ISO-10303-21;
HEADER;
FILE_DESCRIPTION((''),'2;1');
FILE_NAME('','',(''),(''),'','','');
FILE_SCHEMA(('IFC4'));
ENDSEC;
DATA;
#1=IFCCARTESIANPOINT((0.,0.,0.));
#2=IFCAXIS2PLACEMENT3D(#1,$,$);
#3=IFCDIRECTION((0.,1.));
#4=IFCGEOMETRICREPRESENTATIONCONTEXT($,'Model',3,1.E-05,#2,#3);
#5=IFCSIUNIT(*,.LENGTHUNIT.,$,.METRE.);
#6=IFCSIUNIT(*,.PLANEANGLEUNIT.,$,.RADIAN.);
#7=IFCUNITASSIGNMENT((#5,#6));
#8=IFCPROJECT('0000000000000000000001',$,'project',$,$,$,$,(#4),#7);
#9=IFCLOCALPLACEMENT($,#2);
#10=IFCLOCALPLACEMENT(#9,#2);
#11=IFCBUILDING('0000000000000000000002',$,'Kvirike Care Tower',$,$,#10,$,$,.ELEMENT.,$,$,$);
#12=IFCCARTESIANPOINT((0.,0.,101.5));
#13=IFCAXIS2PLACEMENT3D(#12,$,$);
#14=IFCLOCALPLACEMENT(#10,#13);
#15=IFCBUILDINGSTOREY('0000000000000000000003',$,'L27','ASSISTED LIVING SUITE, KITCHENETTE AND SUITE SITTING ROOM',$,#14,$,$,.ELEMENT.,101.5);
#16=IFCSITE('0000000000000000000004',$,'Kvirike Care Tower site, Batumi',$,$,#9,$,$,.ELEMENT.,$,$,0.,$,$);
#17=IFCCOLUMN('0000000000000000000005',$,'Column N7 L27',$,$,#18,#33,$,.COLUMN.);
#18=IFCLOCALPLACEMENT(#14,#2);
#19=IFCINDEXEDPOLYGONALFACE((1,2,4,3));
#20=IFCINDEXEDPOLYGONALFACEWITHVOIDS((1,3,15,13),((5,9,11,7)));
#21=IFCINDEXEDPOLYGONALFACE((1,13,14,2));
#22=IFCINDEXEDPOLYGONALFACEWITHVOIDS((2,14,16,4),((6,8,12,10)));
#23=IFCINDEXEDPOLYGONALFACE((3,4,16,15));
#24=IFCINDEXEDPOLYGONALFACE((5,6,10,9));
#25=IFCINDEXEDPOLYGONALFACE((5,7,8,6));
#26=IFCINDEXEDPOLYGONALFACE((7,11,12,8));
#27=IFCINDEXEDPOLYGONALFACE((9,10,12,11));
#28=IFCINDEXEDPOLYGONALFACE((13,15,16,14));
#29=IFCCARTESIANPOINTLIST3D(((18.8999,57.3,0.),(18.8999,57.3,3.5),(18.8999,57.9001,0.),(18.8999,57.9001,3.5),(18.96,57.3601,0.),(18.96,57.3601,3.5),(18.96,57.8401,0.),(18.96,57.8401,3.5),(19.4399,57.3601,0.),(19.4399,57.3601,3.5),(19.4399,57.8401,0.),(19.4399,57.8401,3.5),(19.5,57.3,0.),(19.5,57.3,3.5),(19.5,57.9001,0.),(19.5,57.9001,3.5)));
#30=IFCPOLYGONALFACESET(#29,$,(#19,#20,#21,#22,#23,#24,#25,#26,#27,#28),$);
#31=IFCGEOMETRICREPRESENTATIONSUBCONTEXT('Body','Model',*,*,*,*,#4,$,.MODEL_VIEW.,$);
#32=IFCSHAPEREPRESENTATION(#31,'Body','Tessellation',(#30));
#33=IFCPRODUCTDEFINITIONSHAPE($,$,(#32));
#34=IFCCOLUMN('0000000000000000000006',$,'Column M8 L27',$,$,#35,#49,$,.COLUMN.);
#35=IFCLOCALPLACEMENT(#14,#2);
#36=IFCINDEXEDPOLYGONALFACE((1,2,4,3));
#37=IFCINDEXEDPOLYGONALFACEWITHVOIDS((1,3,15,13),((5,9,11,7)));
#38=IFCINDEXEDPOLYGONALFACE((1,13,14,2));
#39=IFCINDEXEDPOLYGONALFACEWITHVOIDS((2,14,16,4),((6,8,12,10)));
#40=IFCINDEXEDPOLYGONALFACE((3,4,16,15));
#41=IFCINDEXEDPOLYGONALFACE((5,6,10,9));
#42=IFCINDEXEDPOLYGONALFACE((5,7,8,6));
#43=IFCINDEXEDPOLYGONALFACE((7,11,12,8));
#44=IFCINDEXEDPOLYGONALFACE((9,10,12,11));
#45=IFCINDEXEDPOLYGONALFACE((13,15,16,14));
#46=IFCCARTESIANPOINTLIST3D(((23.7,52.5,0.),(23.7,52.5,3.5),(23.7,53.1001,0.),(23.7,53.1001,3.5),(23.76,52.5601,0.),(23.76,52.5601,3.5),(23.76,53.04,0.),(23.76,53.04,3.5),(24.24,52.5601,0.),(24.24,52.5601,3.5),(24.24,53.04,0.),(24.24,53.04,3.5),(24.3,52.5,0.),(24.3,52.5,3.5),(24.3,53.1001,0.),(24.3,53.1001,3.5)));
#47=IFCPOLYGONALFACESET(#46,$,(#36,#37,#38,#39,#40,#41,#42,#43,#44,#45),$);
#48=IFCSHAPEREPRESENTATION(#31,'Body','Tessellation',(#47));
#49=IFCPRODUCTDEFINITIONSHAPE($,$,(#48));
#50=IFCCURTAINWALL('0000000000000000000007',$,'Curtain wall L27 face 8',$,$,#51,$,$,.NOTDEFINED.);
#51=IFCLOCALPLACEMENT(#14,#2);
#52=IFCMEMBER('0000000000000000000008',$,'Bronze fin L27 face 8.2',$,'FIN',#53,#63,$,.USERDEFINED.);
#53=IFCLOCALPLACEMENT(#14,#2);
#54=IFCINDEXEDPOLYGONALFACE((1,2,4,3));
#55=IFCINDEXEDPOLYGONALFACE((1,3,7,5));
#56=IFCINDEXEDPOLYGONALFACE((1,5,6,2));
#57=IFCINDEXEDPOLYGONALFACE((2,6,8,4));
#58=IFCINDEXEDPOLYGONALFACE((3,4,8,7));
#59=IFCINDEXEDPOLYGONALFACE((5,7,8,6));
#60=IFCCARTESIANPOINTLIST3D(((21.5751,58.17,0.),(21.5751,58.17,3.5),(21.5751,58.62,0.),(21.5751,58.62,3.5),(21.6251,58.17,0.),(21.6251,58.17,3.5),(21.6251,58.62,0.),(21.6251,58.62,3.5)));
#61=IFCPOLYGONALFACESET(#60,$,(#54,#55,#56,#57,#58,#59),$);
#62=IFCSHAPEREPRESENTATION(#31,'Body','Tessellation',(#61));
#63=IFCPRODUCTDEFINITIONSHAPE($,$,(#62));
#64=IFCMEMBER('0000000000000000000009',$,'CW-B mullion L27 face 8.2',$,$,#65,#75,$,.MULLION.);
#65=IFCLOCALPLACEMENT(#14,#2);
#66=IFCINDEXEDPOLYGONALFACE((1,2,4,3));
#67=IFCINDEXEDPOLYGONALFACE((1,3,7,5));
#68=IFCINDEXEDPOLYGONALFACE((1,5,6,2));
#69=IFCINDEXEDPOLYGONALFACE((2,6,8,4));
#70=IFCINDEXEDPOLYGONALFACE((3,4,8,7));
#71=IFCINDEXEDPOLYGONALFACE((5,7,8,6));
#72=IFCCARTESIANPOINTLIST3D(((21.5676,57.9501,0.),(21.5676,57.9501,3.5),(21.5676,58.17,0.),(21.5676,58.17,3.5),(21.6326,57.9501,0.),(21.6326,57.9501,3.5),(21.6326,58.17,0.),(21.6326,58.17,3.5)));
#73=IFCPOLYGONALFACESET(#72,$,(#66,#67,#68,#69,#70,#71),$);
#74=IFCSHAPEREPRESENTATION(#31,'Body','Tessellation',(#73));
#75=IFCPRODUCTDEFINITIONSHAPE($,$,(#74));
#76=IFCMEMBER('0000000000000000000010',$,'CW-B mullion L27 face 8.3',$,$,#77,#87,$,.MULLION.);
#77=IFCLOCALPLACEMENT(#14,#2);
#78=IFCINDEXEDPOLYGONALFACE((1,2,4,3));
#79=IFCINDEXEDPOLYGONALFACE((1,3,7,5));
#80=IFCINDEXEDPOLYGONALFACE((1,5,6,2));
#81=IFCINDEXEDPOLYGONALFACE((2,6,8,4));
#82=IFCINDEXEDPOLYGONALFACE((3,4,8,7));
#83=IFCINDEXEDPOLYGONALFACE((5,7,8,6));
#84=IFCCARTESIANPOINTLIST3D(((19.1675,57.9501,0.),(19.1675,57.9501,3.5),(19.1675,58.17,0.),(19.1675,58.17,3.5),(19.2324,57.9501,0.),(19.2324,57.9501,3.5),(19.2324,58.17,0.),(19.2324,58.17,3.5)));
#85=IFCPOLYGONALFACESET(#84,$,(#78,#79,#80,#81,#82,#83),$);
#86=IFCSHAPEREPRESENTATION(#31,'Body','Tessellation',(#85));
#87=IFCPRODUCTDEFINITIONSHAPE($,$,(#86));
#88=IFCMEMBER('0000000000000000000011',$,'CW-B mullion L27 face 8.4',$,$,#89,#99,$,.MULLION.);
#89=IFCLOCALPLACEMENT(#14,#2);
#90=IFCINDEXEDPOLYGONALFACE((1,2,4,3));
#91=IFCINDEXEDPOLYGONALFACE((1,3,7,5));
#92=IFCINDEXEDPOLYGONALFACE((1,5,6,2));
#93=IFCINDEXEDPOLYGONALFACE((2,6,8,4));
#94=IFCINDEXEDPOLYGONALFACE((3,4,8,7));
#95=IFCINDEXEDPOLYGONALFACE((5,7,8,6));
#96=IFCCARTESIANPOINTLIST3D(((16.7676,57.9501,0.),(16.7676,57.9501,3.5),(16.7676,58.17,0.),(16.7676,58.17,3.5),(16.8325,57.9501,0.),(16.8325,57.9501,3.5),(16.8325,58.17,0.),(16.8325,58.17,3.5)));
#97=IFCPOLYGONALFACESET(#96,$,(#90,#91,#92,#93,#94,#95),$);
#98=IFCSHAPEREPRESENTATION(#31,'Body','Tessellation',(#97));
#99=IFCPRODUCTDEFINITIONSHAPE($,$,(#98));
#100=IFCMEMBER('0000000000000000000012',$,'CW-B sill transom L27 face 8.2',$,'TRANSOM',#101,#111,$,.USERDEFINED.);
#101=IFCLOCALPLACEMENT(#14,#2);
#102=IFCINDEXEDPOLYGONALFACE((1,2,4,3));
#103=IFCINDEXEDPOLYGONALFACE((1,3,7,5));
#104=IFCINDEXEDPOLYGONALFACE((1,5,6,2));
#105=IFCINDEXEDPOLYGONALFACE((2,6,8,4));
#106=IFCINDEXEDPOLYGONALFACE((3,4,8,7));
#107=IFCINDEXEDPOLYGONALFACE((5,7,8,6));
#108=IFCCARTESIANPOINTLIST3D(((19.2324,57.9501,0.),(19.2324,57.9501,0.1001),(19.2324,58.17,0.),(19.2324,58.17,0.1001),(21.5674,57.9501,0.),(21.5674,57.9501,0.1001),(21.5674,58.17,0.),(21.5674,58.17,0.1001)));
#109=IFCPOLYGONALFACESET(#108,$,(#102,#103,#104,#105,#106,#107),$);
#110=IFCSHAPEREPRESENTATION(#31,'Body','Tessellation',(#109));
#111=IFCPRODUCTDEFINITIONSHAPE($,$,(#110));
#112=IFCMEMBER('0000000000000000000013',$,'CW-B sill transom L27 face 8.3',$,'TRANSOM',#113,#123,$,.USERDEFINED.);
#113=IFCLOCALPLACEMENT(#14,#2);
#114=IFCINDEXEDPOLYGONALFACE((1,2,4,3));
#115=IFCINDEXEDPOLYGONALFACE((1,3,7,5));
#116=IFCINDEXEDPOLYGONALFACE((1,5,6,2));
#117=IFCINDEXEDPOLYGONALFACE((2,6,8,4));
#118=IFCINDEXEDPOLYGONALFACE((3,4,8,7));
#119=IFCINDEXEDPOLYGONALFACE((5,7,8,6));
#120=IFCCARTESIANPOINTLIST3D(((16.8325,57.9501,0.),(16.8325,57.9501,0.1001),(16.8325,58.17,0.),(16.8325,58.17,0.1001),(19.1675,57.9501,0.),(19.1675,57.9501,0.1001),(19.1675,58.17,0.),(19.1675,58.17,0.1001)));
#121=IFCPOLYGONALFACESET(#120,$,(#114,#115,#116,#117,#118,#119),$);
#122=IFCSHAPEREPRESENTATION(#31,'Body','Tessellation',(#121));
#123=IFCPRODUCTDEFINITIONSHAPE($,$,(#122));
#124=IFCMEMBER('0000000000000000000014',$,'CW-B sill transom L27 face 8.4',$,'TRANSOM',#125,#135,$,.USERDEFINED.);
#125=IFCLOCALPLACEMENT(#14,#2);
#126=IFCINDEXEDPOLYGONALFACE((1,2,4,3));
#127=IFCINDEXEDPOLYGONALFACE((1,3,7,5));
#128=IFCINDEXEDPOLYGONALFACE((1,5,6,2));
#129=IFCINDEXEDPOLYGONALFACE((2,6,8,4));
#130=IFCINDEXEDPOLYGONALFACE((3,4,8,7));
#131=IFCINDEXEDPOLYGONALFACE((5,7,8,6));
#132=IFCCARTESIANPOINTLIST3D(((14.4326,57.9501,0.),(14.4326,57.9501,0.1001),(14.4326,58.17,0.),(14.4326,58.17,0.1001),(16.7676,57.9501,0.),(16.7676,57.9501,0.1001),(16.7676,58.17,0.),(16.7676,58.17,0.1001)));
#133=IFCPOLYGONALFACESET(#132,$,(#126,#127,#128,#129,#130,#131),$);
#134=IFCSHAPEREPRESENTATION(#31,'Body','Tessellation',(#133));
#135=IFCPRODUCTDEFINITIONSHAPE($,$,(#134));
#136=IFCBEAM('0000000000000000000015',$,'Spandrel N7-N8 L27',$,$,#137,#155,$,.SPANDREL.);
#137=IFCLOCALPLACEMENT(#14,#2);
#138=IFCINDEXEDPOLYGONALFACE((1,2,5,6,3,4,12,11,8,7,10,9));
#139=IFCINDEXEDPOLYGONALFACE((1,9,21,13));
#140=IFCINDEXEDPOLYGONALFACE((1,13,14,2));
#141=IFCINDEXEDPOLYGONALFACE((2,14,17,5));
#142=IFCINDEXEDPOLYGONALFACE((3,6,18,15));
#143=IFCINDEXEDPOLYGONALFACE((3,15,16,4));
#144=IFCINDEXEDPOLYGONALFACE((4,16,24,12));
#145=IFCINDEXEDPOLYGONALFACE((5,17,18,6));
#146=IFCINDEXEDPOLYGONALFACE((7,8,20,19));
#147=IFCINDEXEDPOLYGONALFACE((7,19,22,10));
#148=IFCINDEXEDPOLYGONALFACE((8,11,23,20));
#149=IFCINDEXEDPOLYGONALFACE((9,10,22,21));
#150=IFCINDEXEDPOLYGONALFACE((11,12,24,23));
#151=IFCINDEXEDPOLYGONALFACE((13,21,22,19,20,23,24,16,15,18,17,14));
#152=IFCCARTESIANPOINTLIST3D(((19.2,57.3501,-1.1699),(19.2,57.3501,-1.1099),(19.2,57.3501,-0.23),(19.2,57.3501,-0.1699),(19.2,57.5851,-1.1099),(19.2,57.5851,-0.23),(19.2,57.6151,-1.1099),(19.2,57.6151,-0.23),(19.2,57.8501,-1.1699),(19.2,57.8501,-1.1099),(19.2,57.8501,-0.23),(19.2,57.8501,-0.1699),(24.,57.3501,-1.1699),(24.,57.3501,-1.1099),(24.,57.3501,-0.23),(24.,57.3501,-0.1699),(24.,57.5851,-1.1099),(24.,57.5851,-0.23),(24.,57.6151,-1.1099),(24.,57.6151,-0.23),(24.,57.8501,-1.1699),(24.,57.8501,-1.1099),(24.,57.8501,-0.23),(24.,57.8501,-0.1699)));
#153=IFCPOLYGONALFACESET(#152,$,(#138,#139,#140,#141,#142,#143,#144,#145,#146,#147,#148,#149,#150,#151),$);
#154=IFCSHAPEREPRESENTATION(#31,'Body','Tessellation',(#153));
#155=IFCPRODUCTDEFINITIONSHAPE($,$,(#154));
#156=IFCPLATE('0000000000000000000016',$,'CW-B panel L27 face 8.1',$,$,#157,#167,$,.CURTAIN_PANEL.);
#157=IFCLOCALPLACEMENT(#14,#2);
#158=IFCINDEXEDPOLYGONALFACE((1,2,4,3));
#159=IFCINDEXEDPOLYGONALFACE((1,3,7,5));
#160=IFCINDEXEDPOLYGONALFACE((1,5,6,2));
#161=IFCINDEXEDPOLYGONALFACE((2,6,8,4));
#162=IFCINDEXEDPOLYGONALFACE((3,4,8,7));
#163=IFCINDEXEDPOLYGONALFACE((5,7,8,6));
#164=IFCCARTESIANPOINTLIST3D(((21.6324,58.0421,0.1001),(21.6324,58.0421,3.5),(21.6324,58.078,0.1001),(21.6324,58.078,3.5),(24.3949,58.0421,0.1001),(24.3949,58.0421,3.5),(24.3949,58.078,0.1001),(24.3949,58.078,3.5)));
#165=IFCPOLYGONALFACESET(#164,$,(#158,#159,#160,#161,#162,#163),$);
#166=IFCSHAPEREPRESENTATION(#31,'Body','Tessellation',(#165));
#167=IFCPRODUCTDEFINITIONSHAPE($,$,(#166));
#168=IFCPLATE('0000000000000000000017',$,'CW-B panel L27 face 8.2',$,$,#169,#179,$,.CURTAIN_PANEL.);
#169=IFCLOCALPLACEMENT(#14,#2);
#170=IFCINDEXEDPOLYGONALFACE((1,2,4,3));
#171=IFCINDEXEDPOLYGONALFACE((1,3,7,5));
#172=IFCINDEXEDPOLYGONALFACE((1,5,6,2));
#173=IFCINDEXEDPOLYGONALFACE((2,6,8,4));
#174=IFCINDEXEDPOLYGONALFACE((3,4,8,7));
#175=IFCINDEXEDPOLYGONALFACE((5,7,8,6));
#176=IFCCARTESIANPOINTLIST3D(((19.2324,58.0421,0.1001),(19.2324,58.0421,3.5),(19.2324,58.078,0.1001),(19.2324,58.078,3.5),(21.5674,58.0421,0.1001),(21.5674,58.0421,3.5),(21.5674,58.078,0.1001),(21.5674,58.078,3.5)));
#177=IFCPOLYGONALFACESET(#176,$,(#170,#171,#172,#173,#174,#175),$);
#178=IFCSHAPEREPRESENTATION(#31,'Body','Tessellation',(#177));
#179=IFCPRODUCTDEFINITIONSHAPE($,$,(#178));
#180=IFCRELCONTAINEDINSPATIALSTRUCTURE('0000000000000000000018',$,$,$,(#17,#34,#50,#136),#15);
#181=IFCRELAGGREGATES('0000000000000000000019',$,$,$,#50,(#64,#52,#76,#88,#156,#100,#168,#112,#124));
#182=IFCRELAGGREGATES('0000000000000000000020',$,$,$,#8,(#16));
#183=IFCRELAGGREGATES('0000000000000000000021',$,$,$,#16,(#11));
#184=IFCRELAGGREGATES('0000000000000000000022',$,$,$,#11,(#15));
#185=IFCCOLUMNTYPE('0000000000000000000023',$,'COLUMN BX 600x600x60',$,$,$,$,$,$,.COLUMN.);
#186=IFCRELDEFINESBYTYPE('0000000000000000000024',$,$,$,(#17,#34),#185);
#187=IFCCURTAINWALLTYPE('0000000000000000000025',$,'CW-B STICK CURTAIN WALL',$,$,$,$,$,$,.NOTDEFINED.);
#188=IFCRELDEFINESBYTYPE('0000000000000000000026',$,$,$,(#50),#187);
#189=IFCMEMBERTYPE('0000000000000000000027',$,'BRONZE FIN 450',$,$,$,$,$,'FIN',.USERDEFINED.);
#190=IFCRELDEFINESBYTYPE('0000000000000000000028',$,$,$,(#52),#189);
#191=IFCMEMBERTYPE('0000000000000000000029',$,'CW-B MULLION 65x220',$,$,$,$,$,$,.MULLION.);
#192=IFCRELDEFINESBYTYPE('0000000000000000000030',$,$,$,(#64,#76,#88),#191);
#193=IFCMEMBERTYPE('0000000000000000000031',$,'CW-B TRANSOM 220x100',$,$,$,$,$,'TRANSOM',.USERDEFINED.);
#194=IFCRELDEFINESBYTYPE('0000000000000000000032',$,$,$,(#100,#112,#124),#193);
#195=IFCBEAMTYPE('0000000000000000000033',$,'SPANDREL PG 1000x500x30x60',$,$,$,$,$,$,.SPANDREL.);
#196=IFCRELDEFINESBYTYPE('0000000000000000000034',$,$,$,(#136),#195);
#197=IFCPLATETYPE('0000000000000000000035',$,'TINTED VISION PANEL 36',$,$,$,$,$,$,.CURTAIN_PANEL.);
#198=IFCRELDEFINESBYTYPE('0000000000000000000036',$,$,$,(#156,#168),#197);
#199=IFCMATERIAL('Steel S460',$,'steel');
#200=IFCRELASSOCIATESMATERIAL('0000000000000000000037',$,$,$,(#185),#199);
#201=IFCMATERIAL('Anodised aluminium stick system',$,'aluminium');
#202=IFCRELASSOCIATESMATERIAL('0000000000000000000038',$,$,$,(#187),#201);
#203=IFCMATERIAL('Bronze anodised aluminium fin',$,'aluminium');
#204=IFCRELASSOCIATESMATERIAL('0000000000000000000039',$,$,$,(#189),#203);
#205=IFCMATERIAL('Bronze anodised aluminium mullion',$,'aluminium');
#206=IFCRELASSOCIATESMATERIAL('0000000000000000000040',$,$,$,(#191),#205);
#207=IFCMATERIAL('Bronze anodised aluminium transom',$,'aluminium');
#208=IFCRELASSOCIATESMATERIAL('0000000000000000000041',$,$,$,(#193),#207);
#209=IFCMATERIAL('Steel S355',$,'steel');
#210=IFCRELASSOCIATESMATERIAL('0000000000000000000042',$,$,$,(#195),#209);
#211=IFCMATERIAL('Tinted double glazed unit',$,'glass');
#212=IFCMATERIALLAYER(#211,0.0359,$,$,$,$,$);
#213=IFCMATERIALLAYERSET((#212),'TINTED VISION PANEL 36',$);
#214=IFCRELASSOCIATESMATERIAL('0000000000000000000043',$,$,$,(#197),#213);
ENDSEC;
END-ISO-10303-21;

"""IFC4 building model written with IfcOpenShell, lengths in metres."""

from ifc_helpers import new_model, si_unit, direction, frame, origin, origin_2d, place, context, subcontext, project, spatial, rectangle, hollow_rectangle, i_section, extrude, material, layer, layer_set, material_profile, profile_set, type_object, element, aggregate, save


model = new_model("IFC4")

# Units and contexts
model_context = context("Model", 3, precision=1e-05, world=origin(), true_north=direction((0.0, 1.0)))
body_context = subcontext(model_context, "Body", "Model", "MODEL_VIEW")
ifc_project = project(units=[si_unit("LENGTHUNIT", "METRE"), si_unit("PLANEANGLEUNIT", "RADIAN")], contexts=[model_context])

# Site, building, storey
site_placement = place(None, origin())
site = spatial("IfcSite", under=ifc_project, at=site_placement, Name="Kvirike Care Tower site, Batumi", CompositionType="ELEMENT", RefElevation=0.0)
building_placement = place(site_placement, origin())
building = spatial("IfcBuilding", under=site, at=building_placement, Name="Kvirike Care Tower", CompositionType="ELEMENT")
storey_placement = place(building_placement, frame((0.0, 0.0, 101.5)))
storey = spatial("IfcBuildingStorey", under=building, at=storey_placement, Name="L27", Description="ASSISTED LIVING SUITE, KITCHENETTE AND SUITE SITTING ROOM", CompositionType="ELEMENT", Elevation=101.5)

# Columns
ifc_material_1 = material(Name="Steel S460", Category="steel")
ifc_material_profile_1 = material_profile(ifc_material_1, hollow_rectangle(XDim=0.6001, YDim=0.6001, WallThickness=0.0601, at=origin_2d()), Name="BX 600x600x60")
ifc_profile_set_1 = profile_set([ifc_material_profile_1], Name="Steel S460")
column_type = type_object("IfcColumnType", Name="COLUMN BX 600x600x60", PredefinedType="COLUMN", material=ifc_profile_set_1)
for number, where, z_axis, x_axis, name in (
    (1, (19.2, 57.6001, 0.0), (0.0, 0.0, 1.0), (0.0, 1.0, 0.0), "Column N7 L27"),
    (2, (24.0, 52.8, 0.0), (0.0, 0.0, 1.0), (0.0, 1.0, 0.0), "Column M8 L27"),
):
    element("IfcColumn", number, at=place(storey_placement, frame(where, z_axis=z_axis, x_axis=x_axis)), inside=storey, type_object=column_type, Name=name, PredefinedType="COLUMN", context=body_context, shape_type="SweptSolid", body=[
        extrude(hollow_rectangle(XDim=0.6001, YDim=0.6001, WallThickness=0.0601, at=origin_2d()), origin(), (0.0, 0.0, 1.0), 3.5),
    ])

# Curtain wall, members
ifc_material_2 = material(Name="Anodised aluminium stick system", Category="aluminium")
curtain_wall_type = type_object("IfcCurtainWallType", Name="CW-B STICK CURTAIN WALL", PredefinedType="NOTDEFINED", material=ifc_material_2)
curtain_wall_placement = place(storey_placement, origin())
curtain_wall = element("IfcCurtainWall", 3, at=curtain_wall_placement, inside=storey, type_object=curtain_wall_type, Name="Curtain wall L27 face 8", PredefinedType="NOTDEFINED")
ifc_material_3 = material(Name="Bronze anodised aluminium fin", Category="aluminium")
ifc_material_profile_2 = material_profile(ifc_material_3, rectangle(XDim=0.05, YDim=0.45, at=origin_2d()), Name="BRONZE FIN 450")
ifc_profile_set_2 = profile_set([ifc_material_profile_2], Name="Bronze anodised aluminium fin")
member_type_1 = type_object("IfcMemberType", Name="BRONZE FIN 450", ElementType="FIN", PredefinedType="USERDEFINED", material=ifc_profile_set_2)
member_1_placement = place(storey_placement, frame((21.6001, 58.395, 0.0), z_axis=(0.0, 0.0, 1.0), x_axis=(-1.0, 0.0, 0.0)))
member_1 = element("IfcMember", 4, at=member_1_placement, type_object=member_type_1, Name="Bronze fin L27 face 8.2", ObjectType="FIN", PredefinedType="USERDEFINED", context=body_context, shape_type="SweptSolid", body=[
    extrude(rectangle(XDim=0.05, YDim=0.45, at=origin_2d()), origin(), (0.0, 0.0, 1.0), 3.5),
])
ifc_material_4 = material(Name="Bronze anodised aluminium mullion", Category="aluminium")
ifc_material_profile_3 = material_profile(ifc_material_4, rectangle(XDim=0.0649, YDim=0.22, at=origin_2d()), Name="CW-B MULLION 65x220")
ifc_profile_set_3 = profile_set([ifc_material_profile_3], Name="Bronze anodised aluminium mullion")
member_type_2 = type_object("IfcMemberType", Name="CW-B MULLION 65x220", PredefinedType="MULLION", material=ifc_profile_set_3)
member_2_placement = place(storey_placement, frame((21.6001, 58.0601, 0.0), z_axis=(0.0, 0.0, 1.0), x_axis=(-1.0, 0.0, 0.0)))
member_2 = element("IfcMember", 5, at=member_2_placement, type_object=member_type_2, Name="CW-B mullion L27 face 8.2", PredefinedType="MULLION", context=body_context, shape_type="SweptSolid", body=[
    extrude(rectangle(XDim=0.0649, YDim=0.22, at=origin_2d()), origin(), (0.0, 0.0, 1.0), 3.5),
])
member_3_placement = place(storey_placement, frame((19.2, 58.0601, 0.0), z_axis=(0.0, 0.0, 1.0), x_axis=(-1.0, 0.0, 0.0)))
member_3 = element("IfcMember", 6, at=member_3_placement, type_object=member_type_2, Name="CW-B mullion L27 face 8.3", PredefinedType="MULLION", context=body_context, shape_type="SweptSolid", body=[
    extrude(rectangle(XDim=0.0649, YDim=0.22, at=origin_2d()), origin(), (0.0, 0.0, 1.0), 3.5),
])
member_4_placement = place(storey_placement, frame((16.8, 58.0601, 0.0), z_axis=(0.0, 0.0, 1.0), x_axis=(-1.0, 0.0, 0.0)))
member_4 = element("IfcMember", 7, at=member_4_placement, type_object=member_type_2, Name="CW-B mullion L27 face 8.4", PredefinedType="MULLION", context=body_context, shape_type="SweptSolid", body=[
    extrude(rectangle(XDim=0.0649, YDim=0.22, at=origin_2d()), origin(), (0.0, 0.0, 1.0), 3.5),
])
ifc_material_5 = material(Name="Bronze anodised aluminium transom", Category="aluminium")
ifc_material_profile_4 = material_profile(ifc_material_5, rectangle(XDim=0.22, YDim=0.1001, at=origin_2d()), Name="CW-B TRANSOM 220x100")
ifc_profile_set_4 = profile_set([ifc_material_profile_4], Name="Bronze anodised aluminium transom")
member_type_3 = type_object("IfcMemberType", Name="CW-B TRANSOM 220x100", ElementType="TRANSOM", PredefinedType="USERDEFINED", material=ifc_profile_set_4)
member_5_placement = place(storey_placement, frame((21.5674, 58.0601, 0.05), z_axis=(-1.0, 0.0, 0.0), x_axis=(0.0, -1.0, 0.0)))
member_5 = element("IfcMember", 8, at=member_5_placement, type_object=member_type_3, Name="CW-B sill transom L27 face 8.2", ObjectType="TRANSOM", PredefinedType="USERDEFINED", context=body_context, shape_type="SweptSolid", body=[
    extrude(rectangle(XDim=0.22, YDim=0.1001, at=origin_2d()), origin(), (0.0, 0.0, 1.0), 2.335),
])
member_6_placement = place(storey_placement, frame((19.1675, 58.0601, 0.05), z_axis=(-1.0, 0.0, 0.0), x_axis=(0.0, -1.0, 0.0)))
member_6 = element("IfcMember", 9, at=member_6_placement, type_object=member_type_3, Name="CW-B sill transom L27 face 8.3", ObjectType="TRANSOM", PredefinedType="USERDEFINED", context=body_context, shape_type="SweptSolid", body=[
    extrude(rectangle(XDim=0.22, YDim=0.1001, at=origin_2d()), origin(), (0.0, 0.0, 1.0), 2.335),
])
member_7_placement = place(storey_placement, frame((16.7676, 58.0601, 0.05), z_axis=(-1.0, 0.0, 0.0), x_axis=(0.0, -1.0, 0.0)))
member_7 = element("IfcMember", 10, at=member_7_placement, type_object=member_type_3, Name="CW-B sill transom L27 face 8.4", ObjectType="TRANSOM", PredefinedType="USERDEFINED", context=body_context, shape_type="SweptSolid", body=[
    extrude(rectangle(XDim=0.22, YDim=0.1001, at=origin_2d()), origin(), (0.0, 0.0, 1.0), 2.335),
])

# Beam
ifc_material_6 = material(Name="Steel S355", Category="steel")
ifc_material_profile_5 = material_profile(ifc_material_6, i_section(OverallWidth=0.5, OverallDepth=1.0, WebThickness=0.03, FlangeThickness=0.0601, at=origin_2d()), Name="PG 1000x500x30x60")
ifc_profile_set_5 = profile_set([ifc_material_profile_5], Name="Steel S355")
beam_type = type_object("IfcBeamType", Name="SPANDREL PG 1000x500x30x60", PredefinedType="SPANDREL", material=ifc_profile_set_5)
beam_placement = place(storey_placement, frame((19.2, 57.6001, -0.6699), z_axis=(1.0, 0.0, 0.0), x_axis=(0.0, 1.0, 0.0)))
element("IfcBeam", 11, at=beam_placement, inside=storey, type_object=beam_type, Name="Spandrel N7-N8 L27", PredefinedType="SPANDREL", context=body_context, shape_type="SweptSolid", body=[
    extrude(i_section(OverallWidth=0.5, OverallDepth=1.0, WebThickness=0.03, FlangeThickness=0.0601, at=origin_2d()), origin(), (0.0, 0.0, 1.0), 4.8),
])

# Plates
ifc_material_7 = material(Name="Tinted double glazed unit", Category="glass")
ifc_layer_1 = layer(ifc_material_7, 0.0359)
ifc_layer_set_1 = layer_set([ifc_layer_1], Name="TINTED VISION PANEL 36")
plate_type = type_object("IfcPlateType", Name="TINTED VISION PANEL 36", PredefinedType="CURTAIN_PANEL", material=ifc_layer_set_1)
plate_1_placement = place(storey_placement, frame((23.0137, 58.0601, 0.1001), z_axis=(0.0, 0.0, 1.0), x_axis=(-1.0, 0.0, 0.0)))
plate_1 = element("IfcPlate", 12, at=plate_1_placement, type_object=plate_type, Name="CW-B panel L27 face 8.1", PredefinedType="CURTAIN_PANEL", context=body_context, shape_type="SweptSolid", body=[
    extrude(rectangle(XDim=2.7625, YDim=0.0359, at=origin_2d()), origin(), (0.0, 0.0, 1.0), 3.3999),
])
plate_2_placement = place(storey_placement, frame((20.3999, 58.0601, 0.1001), z_axis=(0.0, 0.0, 1.0), x_axis=(-1.0, 0.0, 0.0)))
plate_2 = element("IfcPlate", 13, at=plate_2_placement, type_object=plate_type, Name="CW-B panel L27 face 8.2", PredefinedType="CURTAIN_PANEL", context=body_context, shape_type="SweptSolid", body=[
    extrude(rectangle(XDim=2.335, YDim=0.0359, at=origin_2d()), origin(), (0.0, 0.0, 1.0), 3.3999),
])
aggregate(curtain_wall, [member_2, member_1, member_3, member_4, plate_1, member_5, plate_2, member_6, member_7])

save(model, "model.ifc")
